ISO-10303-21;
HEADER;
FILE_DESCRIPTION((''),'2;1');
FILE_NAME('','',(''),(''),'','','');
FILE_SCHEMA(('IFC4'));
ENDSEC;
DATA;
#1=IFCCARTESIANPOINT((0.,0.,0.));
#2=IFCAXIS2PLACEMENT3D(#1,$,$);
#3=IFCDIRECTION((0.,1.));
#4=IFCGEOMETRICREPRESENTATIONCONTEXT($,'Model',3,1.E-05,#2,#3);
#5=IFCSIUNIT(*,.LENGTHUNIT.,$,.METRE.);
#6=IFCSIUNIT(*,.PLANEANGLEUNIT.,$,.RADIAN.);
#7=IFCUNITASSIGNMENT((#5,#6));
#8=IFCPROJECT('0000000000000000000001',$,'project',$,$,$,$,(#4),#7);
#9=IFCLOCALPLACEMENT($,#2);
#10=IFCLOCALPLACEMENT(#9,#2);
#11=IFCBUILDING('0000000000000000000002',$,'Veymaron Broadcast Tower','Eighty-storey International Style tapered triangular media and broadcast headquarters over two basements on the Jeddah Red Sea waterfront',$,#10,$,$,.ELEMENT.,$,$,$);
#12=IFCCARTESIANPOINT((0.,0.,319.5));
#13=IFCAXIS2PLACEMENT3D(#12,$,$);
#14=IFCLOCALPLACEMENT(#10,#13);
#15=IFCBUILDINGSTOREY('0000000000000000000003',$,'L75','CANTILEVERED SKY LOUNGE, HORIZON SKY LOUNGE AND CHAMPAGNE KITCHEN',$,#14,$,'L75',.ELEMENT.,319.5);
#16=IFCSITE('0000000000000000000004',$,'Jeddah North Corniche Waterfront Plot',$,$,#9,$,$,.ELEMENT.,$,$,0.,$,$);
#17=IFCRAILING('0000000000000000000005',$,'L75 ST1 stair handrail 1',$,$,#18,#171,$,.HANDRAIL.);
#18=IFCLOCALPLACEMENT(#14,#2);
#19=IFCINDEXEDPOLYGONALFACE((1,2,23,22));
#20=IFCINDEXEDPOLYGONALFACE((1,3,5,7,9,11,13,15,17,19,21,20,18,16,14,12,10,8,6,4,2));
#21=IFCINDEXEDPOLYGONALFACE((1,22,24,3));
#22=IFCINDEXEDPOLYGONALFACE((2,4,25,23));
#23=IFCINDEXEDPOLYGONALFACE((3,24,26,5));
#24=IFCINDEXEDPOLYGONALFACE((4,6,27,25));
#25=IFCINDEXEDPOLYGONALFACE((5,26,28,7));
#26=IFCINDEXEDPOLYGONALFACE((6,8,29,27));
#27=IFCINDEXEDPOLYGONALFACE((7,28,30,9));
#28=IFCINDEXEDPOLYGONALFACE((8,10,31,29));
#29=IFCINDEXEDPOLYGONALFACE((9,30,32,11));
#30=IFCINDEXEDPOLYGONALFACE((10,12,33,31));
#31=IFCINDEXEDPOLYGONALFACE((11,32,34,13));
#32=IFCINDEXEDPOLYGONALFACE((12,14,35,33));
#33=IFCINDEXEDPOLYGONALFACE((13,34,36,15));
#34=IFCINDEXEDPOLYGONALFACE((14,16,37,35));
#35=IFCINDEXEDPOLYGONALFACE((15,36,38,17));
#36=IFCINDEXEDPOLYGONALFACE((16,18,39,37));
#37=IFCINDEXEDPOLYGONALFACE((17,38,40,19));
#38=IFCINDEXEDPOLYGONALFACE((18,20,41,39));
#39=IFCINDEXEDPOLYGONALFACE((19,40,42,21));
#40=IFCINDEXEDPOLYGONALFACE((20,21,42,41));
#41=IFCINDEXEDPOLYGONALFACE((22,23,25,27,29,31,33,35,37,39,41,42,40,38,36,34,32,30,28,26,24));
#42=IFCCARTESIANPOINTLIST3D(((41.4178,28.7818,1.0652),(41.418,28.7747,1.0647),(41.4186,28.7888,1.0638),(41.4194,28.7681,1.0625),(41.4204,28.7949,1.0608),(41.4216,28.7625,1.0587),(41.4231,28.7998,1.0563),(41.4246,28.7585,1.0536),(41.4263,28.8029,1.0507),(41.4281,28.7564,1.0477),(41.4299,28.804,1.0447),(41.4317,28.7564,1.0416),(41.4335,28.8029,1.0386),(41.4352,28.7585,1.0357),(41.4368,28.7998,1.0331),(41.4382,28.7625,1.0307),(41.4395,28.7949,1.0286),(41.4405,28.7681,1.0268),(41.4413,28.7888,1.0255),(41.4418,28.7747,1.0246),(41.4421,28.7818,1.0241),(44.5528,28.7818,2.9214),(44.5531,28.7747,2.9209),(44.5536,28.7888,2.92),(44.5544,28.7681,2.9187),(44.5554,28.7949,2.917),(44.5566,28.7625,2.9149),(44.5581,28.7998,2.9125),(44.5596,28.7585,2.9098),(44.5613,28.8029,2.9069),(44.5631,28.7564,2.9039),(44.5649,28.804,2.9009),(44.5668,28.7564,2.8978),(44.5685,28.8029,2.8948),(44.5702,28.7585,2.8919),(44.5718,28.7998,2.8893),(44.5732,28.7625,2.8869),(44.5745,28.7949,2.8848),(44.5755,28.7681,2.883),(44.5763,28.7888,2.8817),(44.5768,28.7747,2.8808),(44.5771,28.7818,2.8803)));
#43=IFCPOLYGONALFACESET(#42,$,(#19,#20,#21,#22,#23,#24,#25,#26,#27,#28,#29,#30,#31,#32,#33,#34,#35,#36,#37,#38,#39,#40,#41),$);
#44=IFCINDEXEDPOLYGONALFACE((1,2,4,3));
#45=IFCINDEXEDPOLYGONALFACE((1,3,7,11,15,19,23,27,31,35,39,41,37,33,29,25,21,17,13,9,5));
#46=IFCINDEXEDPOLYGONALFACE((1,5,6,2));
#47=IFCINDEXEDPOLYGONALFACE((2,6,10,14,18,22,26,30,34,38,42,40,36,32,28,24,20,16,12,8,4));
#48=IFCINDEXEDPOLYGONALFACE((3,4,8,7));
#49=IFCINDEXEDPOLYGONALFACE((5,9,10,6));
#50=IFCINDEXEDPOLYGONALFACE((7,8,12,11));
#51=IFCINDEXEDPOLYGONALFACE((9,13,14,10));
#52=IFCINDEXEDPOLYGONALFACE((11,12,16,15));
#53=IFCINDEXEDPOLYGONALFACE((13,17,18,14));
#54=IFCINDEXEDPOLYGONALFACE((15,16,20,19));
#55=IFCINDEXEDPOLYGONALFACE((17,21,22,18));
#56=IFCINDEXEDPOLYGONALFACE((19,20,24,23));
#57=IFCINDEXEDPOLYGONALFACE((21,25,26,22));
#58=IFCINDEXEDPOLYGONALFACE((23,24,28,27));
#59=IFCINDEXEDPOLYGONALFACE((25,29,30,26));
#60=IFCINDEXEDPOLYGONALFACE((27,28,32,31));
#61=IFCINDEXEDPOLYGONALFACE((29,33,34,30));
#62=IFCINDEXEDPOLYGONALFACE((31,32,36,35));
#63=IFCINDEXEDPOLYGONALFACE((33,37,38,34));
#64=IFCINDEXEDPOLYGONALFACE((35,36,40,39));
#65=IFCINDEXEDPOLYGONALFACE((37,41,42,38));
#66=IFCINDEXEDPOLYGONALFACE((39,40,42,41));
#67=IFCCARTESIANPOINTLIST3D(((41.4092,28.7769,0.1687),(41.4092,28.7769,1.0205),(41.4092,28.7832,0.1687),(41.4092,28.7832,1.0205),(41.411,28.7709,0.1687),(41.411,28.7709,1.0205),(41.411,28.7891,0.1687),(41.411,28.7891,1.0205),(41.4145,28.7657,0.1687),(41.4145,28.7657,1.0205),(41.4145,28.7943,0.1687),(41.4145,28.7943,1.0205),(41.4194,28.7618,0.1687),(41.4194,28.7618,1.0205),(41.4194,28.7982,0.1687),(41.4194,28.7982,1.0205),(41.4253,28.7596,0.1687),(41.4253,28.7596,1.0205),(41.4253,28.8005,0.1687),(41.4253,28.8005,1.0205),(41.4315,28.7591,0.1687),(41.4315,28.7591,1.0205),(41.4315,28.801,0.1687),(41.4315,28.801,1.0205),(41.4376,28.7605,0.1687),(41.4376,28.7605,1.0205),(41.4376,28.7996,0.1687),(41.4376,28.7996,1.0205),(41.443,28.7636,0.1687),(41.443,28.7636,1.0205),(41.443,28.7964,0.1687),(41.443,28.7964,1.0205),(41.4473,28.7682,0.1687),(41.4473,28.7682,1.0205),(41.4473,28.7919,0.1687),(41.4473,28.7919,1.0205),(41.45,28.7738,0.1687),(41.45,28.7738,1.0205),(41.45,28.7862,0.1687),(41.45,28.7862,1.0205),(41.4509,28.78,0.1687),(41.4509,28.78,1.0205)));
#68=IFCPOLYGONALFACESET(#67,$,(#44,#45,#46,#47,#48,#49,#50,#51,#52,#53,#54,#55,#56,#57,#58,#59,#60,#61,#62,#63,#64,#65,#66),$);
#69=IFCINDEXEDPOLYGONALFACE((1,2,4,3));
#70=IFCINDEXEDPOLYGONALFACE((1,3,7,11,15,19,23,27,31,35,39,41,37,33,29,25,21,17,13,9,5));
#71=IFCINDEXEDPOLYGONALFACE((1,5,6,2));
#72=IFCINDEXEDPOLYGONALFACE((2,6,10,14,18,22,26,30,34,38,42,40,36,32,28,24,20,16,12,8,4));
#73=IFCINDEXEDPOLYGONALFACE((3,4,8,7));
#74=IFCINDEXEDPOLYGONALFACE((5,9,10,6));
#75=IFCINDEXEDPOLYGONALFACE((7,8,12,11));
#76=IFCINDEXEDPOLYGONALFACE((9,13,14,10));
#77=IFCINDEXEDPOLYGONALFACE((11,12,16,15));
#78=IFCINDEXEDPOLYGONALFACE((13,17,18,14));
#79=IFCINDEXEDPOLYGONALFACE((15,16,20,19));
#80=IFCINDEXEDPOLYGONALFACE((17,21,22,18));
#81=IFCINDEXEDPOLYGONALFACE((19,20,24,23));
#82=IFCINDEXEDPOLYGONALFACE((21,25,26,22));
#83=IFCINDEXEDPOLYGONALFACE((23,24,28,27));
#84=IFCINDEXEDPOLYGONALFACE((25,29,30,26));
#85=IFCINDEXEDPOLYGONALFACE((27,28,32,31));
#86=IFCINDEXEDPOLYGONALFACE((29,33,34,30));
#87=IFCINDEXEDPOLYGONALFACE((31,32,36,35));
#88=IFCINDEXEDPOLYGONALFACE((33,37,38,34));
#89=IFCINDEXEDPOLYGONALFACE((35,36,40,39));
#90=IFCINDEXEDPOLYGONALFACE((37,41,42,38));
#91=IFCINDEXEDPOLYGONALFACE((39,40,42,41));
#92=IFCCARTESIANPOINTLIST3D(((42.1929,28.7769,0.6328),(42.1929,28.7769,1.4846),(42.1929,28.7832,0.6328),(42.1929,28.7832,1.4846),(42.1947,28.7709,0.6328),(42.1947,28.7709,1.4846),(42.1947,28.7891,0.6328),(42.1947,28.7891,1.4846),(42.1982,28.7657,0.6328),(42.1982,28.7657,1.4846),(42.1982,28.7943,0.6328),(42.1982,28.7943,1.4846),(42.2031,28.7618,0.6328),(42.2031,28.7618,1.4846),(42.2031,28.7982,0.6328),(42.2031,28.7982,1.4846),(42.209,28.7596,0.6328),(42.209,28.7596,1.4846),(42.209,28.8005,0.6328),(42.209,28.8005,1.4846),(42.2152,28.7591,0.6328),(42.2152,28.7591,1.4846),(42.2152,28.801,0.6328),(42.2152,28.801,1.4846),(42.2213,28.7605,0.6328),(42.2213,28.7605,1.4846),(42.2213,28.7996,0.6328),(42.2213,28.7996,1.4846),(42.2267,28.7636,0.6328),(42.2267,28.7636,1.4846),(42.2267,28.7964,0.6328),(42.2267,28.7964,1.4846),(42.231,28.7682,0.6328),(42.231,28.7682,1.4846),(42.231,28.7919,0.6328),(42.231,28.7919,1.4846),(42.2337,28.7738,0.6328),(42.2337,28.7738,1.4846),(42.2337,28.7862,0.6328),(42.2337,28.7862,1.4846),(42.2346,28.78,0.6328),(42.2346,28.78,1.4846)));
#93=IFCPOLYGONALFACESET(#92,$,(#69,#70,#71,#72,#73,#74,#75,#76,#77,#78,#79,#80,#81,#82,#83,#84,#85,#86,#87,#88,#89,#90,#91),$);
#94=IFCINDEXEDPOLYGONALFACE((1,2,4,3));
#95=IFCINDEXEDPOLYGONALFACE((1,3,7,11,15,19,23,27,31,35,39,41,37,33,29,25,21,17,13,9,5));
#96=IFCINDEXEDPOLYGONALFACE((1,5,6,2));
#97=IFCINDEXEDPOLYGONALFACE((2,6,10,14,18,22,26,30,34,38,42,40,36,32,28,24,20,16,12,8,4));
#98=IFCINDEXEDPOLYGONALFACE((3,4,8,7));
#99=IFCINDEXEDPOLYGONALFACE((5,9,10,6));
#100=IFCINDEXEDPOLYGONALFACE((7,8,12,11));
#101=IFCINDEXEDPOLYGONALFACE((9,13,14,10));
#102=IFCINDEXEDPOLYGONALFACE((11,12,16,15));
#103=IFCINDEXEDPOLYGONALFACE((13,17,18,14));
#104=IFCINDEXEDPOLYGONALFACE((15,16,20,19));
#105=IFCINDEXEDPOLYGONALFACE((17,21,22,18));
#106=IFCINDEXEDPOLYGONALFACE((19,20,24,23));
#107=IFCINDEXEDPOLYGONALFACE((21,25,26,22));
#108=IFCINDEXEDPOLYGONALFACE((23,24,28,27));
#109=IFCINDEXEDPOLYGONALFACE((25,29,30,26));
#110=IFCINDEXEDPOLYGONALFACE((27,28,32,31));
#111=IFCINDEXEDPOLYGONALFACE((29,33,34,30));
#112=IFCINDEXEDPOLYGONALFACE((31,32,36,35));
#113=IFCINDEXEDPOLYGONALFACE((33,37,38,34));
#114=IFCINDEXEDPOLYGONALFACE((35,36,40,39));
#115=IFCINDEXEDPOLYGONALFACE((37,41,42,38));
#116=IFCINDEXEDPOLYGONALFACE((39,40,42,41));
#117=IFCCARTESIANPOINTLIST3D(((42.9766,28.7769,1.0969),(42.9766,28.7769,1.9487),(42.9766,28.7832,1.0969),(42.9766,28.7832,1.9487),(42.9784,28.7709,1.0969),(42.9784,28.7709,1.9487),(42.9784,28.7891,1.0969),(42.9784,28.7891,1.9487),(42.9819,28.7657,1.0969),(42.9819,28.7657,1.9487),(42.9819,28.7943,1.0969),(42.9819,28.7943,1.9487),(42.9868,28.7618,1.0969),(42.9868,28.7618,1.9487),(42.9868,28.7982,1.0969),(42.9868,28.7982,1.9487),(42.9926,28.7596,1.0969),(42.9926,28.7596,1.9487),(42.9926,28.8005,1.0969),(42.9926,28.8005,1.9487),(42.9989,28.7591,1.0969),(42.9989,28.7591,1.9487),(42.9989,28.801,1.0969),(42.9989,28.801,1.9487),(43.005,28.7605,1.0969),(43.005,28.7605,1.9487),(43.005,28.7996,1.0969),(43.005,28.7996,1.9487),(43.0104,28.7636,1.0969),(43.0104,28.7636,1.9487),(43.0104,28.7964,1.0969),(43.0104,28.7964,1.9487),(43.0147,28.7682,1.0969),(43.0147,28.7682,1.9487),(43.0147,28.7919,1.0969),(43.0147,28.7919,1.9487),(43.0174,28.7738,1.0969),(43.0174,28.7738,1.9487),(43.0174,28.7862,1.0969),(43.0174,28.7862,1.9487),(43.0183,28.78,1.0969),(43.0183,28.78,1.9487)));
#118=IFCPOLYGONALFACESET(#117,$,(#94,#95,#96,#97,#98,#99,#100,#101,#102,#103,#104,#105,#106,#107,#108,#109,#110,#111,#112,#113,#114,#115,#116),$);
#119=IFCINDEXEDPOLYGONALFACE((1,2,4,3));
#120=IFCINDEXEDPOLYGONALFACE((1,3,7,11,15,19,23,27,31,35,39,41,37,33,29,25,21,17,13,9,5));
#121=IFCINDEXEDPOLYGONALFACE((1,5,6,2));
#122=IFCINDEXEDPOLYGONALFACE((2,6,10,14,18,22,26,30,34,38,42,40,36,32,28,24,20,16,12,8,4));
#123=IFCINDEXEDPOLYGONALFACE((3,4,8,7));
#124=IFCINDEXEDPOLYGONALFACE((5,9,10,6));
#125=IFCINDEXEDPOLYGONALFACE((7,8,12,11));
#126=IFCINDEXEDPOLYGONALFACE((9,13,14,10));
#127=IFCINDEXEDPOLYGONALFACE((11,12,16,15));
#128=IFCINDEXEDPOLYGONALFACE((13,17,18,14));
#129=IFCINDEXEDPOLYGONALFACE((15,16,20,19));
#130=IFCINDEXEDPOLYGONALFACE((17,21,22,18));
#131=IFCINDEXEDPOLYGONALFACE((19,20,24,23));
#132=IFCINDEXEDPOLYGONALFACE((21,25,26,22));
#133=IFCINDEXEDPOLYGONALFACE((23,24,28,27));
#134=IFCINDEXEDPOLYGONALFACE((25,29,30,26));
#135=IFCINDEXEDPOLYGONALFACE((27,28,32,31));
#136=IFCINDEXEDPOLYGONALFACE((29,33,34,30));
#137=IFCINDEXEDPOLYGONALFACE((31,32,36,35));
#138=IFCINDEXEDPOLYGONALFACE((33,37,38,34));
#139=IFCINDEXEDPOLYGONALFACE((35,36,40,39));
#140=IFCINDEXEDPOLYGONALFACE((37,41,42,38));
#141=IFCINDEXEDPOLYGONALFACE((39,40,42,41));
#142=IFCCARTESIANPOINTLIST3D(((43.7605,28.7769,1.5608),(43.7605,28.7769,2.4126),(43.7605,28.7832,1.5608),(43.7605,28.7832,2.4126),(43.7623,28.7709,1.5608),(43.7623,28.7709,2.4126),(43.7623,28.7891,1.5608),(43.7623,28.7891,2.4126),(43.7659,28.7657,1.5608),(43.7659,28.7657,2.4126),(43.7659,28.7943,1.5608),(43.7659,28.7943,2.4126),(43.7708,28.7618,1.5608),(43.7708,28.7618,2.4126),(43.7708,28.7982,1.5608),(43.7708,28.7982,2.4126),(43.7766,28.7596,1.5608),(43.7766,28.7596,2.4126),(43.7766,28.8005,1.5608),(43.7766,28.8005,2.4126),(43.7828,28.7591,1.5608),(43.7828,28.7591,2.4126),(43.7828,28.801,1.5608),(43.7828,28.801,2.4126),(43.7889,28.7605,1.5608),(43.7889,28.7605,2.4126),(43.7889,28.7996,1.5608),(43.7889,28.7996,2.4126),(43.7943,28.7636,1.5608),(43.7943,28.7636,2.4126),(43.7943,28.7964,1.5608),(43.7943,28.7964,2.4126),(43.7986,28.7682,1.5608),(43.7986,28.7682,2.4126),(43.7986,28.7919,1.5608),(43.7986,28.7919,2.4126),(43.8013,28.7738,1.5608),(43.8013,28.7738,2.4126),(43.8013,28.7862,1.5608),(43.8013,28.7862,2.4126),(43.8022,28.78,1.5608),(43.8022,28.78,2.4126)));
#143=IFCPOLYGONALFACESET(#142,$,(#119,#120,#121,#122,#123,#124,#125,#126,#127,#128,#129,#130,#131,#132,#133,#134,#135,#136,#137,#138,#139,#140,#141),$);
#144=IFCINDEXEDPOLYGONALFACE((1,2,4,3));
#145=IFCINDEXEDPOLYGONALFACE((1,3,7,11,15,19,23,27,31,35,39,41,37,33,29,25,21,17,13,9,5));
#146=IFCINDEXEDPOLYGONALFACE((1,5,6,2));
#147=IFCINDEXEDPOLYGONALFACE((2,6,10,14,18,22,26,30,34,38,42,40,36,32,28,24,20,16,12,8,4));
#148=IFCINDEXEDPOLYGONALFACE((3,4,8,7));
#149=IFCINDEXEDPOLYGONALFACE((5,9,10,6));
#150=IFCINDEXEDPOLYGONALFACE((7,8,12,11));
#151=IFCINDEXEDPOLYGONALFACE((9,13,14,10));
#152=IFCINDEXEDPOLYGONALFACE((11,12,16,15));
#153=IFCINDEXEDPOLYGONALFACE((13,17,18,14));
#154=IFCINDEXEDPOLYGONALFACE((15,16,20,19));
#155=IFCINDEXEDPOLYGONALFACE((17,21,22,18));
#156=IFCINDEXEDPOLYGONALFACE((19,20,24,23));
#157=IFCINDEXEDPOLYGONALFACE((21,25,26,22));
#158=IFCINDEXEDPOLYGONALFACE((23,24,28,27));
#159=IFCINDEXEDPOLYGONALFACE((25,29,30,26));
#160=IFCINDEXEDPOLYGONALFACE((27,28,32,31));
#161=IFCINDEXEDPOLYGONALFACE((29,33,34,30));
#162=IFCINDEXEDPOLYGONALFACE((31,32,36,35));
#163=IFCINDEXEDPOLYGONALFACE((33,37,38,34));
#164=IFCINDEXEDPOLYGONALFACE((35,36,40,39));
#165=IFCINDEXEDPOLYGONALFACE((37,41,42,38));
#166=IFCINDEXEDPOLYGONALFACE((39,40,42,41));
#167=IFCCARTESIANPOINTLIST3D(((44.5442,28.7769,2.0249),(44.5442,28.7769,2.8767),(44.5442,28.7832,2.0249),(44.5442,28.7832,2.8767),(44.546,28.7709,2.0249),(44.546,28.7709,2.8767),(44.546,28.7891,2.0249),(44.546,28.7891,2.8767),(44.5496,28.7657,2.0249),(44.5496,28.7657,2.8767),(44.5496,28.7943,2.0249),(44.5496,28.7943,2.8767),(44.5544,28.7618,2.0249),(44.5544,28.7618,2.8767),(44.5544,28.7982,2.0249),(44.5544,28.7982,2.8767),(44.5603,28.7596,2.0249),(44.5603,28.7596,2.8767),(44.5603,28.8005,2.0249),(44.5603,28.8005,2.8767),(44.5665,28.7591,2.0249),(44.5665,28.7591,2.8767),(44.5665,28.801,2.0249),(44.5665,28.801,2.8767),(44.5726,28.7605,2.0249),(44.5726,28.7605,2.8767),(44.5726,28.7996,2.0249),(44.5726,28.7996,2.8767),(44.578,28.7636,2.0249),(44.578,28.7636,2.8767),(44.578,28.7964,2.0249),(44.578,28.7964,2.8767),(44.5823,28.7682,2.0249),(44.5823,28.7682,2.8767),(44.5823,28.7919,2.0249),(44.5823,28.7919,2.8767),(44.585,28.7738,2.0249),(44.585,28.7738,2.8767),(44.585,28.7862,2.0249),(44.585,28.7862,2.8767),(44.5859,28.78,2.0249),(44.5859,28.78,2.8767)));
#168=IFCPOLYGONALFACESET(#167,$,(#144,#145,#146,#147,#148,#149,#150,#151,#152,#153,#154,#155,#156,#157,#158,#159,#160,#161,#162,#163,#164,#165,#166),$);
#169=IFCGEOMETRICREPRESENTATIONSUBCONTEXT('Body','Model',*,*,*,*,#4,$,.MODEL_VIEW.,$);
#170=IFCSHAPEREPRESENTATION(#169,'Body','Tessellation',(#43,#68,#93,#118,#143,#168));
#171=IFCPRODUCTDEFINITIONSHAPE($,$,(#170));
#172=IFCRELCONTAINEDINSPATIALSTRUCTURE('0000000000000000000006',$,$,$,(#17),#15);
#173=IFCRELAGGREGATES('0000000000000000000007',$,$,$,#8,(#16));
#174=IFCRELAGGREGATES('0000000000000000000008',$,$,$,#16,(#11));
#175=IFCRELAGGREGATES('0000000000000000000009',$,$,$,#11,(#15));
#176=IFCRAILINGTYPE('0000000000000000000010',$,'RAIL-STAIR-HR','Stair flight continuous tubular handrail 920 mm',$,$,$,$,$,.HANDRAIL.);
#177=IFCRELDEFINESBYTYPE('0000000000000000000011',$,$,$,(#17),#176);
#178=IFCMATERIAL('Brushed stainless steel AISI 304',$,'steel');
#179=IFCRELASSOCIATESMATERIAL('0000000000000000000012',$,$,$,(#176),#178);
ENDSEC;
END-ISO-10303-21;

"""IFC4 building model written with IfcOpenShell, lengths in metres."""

from ifc_helpers import new_model, si_unit, direction, frame, origin, origin_2d, place, context, subcontext, project, spatial, circle, extrude, material, type_object, element, save


model = new_model("IFC4")

# Units and contexts
model_context = context("Model", 3, precision=1e-05, world=origin(), true_north=direction((0.0, 1.0)))
body_context = subcontext(model_context, "Body", "Model", "MODEL_VIEW")
ifc_project = project(units=[si_unit("LENGTHUNIT", "METRE"), si_unit("PLANEANGLEUNIT", "RADIAN")], contexts=[model_context])

# Site, building, storey
site_placement = place(None, origin())
site = spatial("IfcSite", under=ifc_project, at=site_placement, Name="Jeddah North Corniche Waterfront Plot", CompositionType="ELEMENT", RefElevation=0.0)
building_placement = place(site_placement, origin())
building = spatial("IfcBuilding", under=site, at=building_placement, Name="Veymaron Broadcast Tower", Description="Eighty-storey International Style tapered triangular media and broadcast headquarters over two basements on the Jeddah Red Sea waterfront", CompositionType="ELEMENT")
storey_placement = place(building_placement, frame((0.0, 0.0, 319.5)))
storey = spatial("IfcBuildingStorey", under=building, at=storey_placement, Name="L75", Description="CANTILEVERED SKY LOUNGE, HORIZON SKY LOUNGE AND CHAMPAGNE KITCHEN", LongName="L75", CompositionType="ELEMENT", Elevation=319.5)

# Railing
ifc_material_1 = material(Name="Brushed stainless steel AISI 304", Category="steel")
railing_type_1 = type_object("IfcRailingType", Name="RAIL-STAIR-HR", Description="Stair flight continuous tubular handrail 920 mm", PredefinedType="HANDRAIL", material=ifc_material_1)
railing_1_placement = place(storey_placement, frame((41.4299, 28.78, 0.1687)))
element("IfcRailing", 1, at=railing_1_placement, inside=storey, type_object=railing_type_1, Name="L75 ST1 stair handrail 1", PredefinedType="HANDRAIL", context=body_context, shape_type="SweptSolid", body=[
    extrude(circle(Radius=0.0239, at=origin_2d()), frame((0.0, 0.0, 0.876), z_axis=(0.860482, 0.0, 0.509481), x_axis=(0.0, 1.0, 0.0)), (0.0, 0.0, 1.0), 3.6433),
    extrude(circle(Radius=0.021, at=origin_2d()), origin(), (0.0, 0.0, 1.0), 0.8518),
    extrude(circle(Radius=0.021, at=origin_2d()), frame((0.7837, 0.0, 0.4641)), (0.0, 0.0, 1.0), 0.8518),
    extrude(circle(Radius=0.021, at=origin_2d()), frame((1.5674, 0.0, 0.9282)), (0.0, 0.0, 1.0), 0.8518),
    extrude(circle(Radius=0.021, at=origin_2d()), frame((2.3513, 0.0, 1.3921)), (0.0, 0.0, 1.0), 0.8518),
    extrude(circle(Radius=0.021, at=origin_2d()), frame((3.135, 0.0, 1.8562)), (0.0, 0.0, 1.0), 0.8518),
])

save(model, "model.ifc")
